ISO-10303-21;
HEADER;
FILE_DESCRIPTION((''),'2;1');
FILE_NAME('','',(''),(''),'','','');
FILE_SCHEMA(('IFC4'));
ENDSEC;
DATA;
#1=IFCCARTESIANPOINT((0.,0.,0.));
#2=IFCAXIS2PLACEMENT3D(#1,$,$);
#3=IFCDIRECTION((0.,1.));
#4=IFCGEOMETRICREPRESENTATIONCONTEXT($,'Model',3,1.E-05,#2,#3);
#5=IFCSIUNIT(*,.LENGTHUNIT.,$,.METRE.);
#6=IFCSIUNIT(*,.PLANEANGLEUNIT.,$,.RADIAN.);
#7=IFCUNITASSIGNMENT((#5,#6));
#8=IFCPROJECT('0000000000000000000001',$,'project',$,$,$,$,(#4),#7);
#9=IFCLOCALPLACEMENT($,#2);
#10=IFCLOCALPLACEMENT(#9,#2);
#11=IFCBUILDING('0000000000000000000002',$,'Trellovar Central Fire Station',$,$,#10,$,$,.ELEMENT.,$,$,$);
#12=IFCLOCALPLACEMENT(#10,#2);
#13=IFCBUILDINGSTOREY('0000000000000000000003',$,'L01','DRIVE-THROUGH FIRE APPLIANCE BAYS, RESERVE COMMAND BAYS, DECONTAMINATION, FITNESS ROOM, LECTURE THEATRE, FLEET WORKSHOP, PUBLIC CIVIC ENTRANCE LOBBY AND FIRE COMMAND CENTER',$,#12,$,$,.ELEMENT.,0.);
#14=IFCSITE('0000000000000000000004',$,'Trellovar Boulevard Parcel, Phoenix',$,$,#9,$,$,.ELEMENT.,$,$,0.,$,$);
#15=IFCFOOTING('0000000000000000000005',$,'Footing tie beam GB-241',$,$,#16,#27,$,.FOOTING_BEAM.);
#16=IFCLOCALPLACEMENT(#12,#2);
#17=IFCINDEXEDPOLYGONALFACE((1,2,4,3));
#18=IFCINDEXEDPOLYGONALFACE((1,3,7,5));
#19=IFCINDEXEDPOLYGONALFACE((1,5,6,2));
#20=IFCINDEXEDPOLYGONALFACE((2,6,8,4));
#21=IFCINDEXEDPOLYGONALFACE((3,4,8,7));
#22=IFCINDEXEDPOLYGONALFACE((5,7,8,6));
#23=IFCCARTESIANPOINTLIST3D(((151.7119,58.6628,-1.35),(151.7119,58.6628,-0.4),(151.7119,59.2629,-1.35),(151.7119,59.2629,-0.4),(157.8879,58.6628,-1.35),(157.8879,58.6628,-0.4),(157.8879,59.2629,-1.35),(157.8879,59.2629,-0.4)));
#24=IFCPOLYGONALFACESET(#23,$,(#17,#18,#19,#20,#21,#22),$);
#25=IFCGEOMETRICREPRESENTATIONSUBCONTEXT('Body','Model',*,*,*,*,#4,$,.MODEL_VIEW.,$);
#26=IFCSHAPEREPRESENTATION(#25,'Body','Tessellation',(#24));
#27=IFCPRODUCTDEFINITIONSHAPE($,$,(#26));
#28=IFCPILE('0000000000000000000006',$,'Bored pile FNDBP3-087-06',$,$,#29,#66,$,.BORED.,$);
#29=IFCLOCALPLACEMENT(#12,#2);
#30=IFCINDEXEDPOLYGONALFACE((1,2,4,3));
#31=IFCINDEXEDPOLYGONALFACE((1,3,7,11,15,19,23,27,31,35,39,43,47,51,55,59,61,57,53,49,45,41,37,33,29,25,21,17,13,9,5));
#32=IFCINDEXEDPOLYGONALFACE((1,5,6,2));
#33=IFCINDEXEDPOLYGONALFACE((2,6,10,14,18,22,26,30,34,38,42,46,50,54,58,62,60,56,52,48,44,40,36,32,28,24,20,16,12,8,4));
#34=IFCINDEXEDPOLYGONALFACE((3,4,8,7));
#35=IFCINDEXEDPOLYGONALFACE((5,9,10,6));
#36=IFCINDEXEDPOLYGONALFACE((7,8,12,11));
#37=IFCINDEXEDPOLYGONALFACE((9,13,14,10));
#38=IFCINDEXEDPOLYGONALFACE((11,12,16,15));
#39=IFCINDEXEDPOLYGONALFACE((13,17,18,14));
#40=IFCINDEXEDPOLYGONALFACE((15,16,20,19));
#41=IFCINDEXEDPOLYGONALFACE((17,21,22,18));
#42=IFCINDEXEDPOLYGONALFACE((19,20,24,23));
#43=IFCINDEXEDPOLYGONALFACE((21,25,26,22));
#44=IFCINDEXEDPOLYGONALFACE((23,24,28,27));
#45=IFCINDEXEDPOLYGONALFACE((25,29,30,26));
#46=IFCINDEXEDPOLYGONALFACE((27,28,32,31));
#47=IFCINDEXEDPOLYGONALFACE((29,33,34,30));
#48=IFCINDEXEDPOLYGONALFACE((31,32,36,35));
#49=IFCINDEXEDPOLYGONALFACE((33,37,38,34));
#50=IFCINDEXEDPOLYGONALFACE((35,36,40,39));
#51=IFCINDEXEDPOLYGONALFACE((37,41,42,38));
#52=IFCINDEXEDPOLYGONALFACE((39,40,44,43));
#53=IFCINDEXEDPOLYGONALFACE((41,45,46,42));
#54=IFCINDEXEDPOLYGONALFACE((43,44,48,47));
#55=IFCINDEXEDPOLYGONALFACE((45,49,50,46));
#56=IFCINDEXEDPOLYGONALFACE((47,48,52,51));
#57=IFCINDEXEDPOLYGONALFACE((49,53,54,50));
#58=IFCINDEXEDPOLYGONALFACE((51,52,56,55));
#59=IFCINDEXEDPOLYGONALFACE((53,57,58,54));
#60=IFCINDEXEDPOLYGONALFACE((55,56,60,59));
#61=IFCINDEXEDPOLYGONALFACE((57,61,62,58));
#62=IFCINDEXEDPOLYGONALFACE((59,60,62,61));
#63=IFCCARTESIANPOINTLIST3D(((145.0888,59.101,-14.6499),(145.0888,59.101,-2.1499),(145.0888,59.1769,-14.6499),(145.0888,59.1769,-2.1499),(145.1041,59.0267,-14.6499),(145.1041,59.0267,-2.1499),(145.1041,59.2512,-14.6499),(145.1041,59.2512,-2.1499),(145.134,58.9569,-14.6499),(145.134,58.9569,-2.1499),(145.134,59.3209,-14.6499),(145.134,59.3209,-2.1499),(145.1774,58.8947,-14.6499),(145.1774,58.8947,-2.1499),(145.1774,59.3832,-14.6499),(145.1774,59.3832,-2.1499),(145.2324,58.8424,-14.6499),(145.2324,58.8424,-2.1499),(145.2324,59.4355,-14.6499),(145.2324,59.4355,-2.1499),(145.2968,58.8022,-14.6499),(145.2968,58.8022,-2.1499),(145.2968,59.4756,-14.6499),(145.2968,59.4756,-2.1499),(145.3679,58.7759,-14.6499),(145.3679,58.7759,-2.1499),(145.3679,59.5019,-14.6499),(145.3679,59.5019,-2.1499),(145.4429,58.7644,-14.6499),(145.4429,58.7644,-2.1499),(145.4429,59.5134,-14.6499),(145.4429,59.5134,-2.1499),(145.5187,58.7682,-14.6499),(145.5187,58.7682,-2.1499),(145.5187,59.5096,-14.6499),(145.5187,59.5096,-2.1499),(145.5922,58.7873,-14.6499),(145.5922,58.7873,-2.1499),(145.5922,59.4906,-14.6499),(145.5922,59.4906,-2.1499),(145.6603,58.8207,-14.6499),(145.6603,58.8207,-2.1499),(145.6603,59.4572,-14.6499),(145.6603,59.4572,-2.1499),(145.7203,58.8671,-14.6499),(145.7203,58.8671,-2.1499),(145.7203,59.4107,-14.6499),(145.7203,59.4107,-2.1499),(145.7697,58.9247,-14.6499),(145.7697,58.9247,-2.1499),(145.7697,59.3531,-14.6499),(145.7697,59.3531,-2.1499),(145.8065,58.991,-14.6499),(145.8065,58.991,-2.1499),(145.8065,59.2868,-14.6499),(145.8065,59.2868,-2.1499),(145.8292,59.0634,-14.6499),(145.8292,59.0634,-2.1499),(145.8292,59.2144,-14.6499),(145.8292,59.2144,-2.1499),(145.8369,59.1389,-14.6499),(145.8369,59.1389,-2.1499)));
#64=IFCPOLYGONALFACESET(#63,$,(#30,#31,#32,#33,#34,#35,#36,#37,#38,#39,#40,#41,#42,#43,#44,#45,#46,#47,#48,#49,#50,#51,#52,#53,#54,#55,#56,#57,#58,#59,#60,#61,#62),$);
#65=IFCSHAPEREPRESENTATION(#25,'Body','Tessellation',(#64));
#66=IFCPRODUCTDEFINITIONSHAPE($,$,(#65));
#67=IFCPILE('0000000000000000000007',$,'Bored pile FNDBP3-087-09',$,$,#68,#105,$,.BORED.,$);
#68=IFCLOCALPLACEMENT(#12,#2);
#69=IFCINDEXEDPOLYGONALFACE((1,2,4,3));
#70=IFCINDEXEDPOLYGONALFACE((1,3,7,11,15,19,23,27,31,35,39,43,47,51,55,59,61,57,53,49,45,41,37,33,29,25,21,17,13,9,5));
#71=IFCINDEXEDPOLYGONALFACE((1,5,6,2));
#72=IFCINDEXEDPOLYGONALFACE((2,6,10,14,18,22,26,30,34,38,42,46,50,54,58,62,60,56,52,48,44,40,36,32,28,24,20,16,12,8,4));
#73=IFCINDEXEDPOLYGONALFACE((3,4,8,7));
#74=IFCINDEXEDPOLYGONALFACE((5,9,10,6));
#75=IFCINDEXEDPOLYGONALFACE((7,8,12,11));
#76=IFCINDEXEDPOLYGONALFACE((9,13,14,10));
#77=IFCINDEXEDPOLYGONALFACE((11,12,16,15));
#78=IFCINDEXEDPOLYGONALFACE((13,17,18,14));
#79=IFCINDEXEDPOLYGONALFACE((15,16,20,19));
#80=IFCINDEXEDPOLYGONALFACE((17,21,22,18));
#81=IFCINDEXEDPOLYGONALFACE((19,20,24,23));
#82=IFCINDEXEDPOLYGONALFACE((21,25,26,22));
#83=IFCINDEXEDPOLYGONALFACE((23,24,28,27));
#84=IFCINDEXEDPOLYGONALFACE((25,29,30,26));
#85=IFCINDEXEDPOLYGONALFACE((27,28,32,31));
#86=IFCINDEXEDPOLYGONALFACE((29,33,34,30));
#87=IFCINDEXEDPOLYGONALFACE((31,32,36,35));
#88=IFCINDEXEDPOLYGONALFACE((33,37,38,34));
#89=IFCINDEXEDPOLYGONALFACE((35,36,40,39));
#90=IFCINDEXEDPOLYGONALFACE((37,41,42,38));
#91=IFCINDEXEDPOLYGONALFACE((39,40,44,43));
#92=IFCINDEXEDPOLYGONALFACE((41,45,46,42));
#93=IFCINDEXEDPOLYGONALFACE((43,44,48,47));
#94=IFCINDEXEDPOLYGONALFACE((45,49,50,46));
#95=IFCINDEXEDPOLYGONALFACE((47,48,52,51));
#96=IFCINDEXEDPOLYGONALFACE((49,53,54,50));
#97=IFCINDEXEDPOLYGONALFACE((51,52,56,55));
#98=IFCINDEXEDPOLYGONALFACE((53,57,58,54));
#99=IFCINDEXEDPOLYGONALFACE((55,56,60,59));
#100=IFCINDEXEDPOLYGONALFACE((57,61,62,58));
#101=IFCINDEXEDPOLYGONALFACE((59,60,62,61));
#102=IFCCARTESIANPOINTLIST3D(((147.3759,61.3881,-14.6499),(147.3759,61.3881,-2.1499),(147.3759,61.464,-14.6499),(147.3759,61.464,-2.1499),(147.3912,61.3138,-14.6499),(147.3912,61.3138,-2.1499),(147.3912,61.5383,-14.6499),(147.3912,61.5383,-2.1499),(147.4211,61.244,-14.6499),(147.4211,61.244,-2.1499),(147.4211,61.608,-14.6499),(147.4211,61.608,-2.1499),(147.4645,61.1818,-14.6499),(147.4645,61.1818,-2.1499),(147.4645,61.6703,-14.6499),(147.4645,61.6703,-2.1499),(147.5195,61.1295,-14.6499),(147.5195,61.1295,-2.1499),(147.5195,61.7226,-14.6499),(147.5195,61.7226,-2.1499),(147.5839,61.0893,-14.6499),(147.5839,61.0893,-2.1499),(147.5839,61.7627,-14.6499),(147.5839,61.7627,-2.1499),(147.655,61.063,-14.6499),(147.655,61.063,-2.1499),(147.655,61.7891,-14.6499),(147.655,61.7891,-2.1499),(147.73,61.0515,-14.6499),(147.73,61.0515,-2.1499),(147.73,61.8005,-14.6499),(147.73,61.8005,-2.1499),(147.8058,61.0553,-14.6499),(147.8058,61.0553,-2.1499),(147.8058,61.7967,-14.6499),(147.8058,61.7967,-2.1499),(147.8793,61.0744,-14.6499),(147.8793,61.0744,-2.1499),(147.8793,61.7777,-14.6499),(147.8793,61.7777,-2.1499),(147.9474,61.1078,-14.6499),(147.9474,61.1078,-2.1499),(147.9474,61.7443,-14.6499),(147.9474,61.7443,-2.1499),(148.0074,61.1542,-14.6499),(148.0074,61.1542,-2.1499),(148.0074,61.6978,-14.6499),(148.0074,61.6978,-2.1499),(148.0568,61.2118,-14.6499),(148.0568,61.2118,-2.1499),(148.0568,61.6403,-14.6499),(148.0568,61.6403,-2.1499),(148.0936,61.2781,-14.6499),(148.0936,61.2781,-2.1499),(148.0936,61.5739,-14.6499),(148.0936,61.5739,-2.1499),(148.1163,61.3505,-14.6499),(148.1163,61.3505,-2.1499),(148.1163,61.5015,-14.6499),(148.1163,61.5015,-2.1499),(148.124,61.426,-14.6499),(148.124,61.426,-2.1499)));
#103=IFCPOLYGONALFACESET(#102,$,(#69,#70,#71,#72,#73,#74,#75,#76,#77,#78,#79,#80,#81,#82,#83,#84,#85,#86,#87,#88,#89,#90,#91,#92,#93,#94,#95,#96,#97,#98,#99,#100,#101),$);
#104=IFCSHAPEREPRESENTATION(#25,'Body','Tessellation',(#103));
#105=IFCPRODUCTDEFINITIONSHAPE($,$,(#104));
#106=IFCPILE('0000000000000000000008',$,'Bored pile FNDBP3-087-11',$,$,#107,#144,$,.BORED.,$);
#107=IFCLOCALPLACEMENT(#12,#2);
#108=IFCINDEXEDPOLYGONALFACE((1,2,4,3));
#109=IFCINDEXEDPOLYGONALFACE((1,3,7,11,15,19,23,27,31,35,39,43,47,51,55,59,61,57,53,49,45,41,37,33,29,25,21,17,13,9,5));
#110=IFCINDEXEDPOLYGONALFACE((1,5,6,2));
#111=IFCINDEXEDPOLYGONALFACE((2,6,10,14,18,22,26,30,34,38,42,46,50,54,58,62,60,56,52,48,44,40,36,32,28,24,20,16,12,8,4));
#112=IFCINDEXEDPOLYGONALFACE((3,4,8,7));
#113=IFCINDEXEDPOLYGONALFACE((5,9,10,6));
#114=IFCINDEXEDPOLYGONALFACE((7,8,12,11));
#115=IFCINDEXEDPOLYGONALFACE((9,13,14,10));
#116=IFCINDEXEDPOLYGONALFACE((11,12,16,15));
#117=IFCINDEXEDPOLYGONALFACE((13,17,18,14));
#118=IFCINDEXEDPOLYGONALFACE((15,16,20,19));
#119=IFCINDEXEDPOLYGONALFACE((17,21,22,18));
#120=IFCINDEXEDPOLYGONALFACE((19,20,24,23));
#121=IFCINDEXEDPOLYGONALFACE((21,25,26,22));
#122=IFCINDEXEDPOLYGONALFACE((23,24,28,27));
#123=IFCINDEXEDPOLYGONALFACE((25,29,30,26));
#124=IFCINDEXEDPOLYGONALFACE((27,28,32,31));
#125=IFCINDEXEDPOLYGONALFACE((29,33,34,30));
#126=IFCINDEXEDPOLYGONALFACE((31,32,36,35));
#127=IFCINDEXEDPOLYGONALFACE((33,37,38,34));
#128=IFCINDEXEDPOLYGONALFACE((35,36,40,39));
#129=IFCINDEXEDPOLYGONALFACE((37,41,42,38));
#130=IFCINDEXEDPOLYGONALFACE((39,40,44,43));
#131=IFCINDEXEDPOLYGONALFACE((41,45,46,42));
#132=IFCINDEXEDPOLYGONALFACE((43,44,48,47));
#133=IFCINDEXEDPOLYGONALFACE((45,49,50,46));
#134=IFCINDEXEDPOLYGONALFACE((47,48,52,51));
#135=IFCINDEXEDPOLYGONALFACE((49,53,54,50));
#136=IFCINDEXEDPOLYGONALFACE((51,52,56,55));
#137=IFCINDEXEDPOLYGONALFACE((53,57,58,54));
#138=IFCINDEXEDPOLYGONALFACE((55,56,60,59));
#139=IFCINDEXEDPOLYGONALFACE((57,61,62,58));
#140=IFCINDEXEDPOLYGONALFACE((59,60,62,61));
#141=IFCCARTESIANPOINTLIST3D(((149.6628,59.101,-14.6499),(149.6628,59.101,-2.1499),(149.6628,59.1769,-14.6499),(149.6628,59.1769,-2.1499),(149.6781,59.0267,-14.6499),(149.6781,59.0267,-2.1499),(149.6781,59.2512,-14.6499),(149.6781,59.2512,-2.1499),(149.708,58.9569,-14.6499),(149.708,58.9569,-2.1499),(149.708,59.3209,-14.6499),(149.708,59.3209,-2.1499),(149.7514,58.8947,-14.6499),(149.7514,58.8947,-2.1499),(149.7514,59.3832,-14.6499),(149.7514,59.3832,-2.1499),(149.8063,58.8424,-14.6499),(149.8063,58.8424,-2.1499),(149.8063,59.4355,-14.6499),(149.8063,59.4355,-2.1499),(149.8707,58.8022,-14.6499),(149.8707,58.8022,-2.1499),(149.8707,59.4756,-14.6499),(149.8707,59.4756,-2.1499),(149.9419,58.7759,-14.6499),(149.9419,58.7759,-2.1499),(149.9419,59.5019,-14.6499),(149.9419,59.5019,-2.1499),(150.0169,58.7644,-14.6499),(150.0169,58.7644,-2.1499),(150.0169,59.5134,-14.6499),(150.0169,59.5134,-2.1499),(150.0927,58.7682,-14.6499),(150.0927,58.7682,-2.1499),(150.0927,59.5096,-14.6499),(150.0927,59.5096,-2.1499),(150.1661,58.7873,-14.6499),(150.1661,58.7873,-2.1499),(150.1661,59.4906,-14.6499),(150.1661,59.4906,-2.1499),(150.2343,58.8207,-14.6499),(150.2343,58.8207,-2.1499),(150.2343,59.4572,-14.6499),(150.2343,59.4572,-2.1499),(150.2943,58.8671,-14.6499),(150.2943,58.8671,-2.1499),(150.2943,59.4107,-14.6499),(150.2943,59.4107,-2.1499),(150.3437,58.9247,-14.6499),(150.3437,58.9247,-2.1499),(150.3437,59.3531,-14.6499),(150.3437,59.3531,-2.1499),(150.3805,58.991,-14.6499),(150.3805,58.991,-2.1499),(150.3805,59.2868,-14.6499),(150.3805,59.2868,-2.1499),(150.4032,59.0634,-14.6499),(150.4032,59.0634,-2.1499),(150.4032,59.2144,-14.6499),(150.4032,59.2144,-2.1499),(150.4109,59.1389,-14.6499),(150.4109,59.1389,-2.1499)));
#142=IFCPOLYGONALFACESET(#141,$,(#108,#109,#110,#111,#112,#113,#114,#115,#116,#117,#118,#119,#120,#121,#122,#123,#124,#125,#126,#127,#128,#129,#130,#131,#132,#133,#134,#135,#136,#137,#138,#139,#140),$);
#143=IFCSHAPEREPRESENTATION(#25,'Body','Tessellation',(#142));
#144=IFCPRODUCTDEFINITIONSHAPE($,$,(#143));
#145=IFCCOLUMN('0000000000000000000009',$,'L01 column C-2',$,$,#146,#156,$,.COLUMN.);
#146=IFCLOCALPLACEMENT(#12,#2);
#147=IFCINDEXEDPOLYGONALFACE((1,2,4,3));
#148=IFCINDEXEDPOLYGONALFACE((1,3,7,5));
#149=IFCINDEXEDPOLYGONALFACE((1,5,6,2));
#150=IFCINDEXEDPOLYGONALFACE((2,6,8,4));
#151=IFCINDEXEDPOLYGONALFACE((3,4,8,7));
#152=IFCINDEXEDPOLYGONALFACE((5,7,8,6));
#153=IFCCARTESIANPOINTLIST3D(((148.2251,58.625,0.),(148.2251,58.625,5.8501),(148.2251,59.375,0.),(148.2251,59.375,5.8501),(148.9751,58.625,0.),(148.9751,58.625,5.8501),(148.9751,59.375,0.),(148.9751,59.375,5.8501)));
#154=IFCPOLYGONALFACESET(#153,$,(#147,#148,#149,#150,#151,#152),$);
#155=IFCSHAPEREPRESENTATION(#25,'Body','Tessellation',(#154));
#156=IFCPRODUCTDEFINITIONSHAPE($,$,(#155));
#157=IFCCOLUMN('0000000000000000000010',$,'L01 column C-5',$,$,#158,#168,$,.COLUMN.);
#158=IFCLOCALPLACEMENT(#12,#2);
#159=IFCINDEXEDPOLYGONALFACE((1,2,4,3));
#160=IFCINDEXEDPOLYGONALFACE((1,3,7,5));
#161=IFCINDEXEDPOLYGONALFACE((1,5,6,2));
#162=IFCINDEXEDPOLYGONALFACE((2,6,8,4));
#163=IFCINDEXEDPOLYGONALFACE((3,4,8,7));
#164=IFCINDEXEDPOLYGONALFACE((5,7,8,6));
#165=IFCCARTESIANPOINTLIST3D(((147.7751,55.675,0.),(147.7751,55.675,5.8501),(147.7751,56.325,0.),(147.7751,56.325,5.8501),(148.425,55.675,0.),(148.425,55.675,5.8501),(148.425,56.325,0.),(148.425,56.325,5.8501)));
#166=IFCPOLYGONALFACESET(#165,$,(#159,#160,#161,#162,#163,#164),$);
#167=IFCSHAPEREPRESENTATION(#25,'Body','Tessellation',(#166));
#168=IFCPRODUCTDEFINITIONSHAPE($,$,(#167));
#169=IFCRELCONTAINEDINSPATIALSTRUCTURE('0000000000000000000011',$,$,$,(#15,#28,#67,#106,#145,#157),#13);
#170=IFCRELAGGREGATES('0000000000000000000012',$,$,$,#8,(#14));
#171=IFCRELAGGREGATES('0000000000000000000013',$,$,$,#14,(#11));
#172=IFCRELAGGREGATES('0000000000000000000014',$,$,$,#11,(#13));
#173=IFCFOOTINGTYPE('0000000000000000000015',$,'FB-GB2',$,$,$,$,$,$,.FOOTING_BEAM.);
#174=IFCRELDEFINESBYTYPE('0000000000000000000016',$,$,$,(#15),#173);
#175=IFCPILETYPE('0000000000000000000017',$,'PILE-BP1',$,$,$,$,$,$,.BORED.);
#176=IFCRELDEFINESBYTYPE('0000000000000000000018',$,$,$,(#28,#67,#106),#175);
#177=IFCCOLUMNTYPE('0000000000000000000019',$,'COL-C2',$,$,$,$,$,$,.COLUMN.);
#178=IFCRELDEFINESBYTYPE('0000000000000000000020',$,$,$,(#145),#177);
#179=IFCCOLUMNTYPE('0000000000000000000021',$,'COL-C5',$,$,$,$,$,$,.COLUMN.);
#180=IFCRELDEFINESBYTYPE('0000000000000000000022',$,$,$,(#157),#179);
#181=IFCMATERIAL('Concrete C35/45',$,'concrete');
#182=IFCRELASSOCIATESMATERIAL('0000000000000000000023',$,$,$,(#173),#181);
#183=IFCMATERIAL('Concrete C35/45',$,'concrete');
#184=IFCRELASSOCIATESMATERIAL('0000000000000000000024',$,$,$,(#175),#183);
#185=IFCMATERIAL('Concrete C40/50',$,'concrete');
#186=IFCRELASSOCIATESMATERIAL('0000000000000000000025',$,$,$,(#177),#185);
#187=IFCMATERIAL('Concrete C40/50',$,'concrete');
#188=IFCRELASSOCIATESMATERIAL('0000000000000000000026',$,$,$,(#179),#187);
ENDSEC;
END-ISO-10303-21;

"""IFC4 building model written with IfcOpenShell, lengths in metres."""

from ifc_helpers import new_model, si_unit, direction, frame, origin, origin_2d, place, context, subcontext, project, spatial, rectangle, circle, extrude, material, material_profile, profile_set, type_object, element, save


model = new_model("IFC4")

# Units and contexts
model_context = context("Model", 3, precision=1e-05, world=origin(), true_north=direction((0.0, 1.0)))
body_context = subcontext(model_context, "Body", "Model", "MODEL_VIEW")
ifc_project = project(units=[si_unit("LENGTHUNIT", "METRE"), si_unit("PLANEANGLEUNIT", "RADIAN")], contexts=[model_context])

# Site, building, storey
site_placement = place(None, origin())
site = spatial("IfcSite", under=ifc_project, at=site_placement, Name="Trellovar Boulevard Parcel, Phoenix", CompositionType="ELEMENT", RefElevation=0.0)
building_placement = place(site_placement, origin())
building = spatial("IfcBuilding", under=site, at=building_placement, Name="Trellovar Central Fire Station", CompositionType="ELEMENT")
storey_placement = place(building_placement, origin())
storey = spatial("IfcBuildingStorey", under=building, at=storey_placement, Name="L01", Description="DRIVE-THROUGH FIRE APPLIANCE BAYS, RESERVE COMMAND BAYS, DECONTAMINATION, FITNESS ROOM, LECTURE THEATRE, FLEET WORKSHOP, PUBLIC CIVIC ENTRANCE LOBBY AND FIRE COMMAND CENTER", CompositionType="ELEMENT", Elevation=0.0)

# Footing
ifc_material_1 = material(Name="Concrete C35/45", Category="concrete")
ifc_material_profile_1 = material_profile(ifc_material_1, rectangle(XDim=0.6001, YDim=0.95, at=origin_2d()), Name="RC600X950")
ifc_profile_set_1 = profile_set([ifc_material_profile_1], Name="Concrete C35/45")
footing_type = type_object("IfcFootingType", Name="FB-GB2", PredefinedType="FOOTING_BEAM", material=ifc_profile_set_1)
footing_placement = place(storey_placement, frame((151.7119, 58.9629, -0.875), z_axis=(1.0, 0.0, 0.0), x_axis=(0.0, 1.0, 0.0)))
element("IfcFooting", 1, at=footing_placement, inside=storey, type_object=footing_type, Name="Footing tie beam GB-241", PredefinedType="FOOTING_BEAM", context=body_context, shape_type="SweptSolid", body=[
    extrude(rectangle(XDim=0.6001, YDim=0.95, at=origin_2d()), origin(), (0.0, 0.0, 1.0), 6.176),
])

# Piles
ifc_material_2 = material(Name="Concrete C35/45", Category="concrete")
ifc_material_profile_2 = material_profile(ifc_material_2, circle(Radius=0.375, at=origin_2d()), Name="PILE750")
ifc_profile_set_2 = profile_set([ifc_material_profile_2], Name="Concrete C35/45")
pile_type = type_object("IfcPileType", Name="PILE-BP1", PredefinedType="BORED", material=ifc_profile_set_2)
for number, where, z_axis, x_axis, name in (
    (2, (145.4619, 59.1389, -2.1499), (0.0, 0.0, -1.0), (1.0, 0.0, 0.0), "Bored pile FNDBP3-087-06"),
    (3, (147.749, 61.426, -2.1499), (0.0, 0.0, -1.0), (1.0, 0.0, 0.0), "Bored pile FNDBP3-087-09"),
    (4, (150.0359, 59.1389, -2.1499), (0.0, 0.0, -1.0), (1.0, 0.0, 0.0), "Bored pile FNDBP3-087-11"),
):
    element("IfcPile", number, at=place(storey_placement, frame(where, z_axis=z_axis, x_axis=x_axis)), inside=storey, type_object=pile_type, Name=name, PredefinedType="BORED", context=body_context, shape_type="SweptSolid", body=[
        extrude(circle(Radius=0.375, at=origin_2d()), origin(), (0.0, 0.0, 1.0), 12.5),
    ])

# Columns
ifc_material_3 = material(Name="Concrete C40/50", Category="concrete")
ifc_material_profile_3 = material_profile(ifc_material_3, rectangle(XDim=0.75, YDim=0.75, at=origin_2d()), Name="RC750X750")
ifc_profile_set_3 = profile_set([ifc_material_profile_3], Name="Concrete C40/50")
column_type_1 = type_object("IfcColumnType", Name="COL-C2", PredefinedType="COLUMN", material=ifc_profile_set_3)
column_1_placement = place(storey_placement, frame((148.6001, 59.0, 0.0), z_axis=(0.0, 0.0, 1.0), x_axis=(1.0, 0.0, 0.0)))
element("IfcColumn", 5, at=column_1_placement, inside=storey, type_object=column_type_1, Name="L01 column C-2", PredefinedType="COLUMN", context=body_context, shape_type="SweptSolid", body=[
    extrude(rectangle(XDim=0.75, YDim=0.75, at=origin_2d()), origin(), (0.0, 0.0, 1.0), 5.8501),
])
ifc_material_4 = material(Name="Concrete C40/50", Category="concrete")
ifc_material_profile_4 = material_profile(ifc_material_4, rectangle(XDim=0.6499, YDim=0.6499, at=origin_2d()), Name="RC650X650")
ifc_profile_set_4 = profile_set([ifc_material_profile_4], Name="Concrete C40/50")
column_type_2 = type_object("IfcColumnType", Name="COL-C5", PredefinedType="COLUMN", material=ifc_profile_set_4)
column_2_placement = place(storey_placement, frame((148.1001, 56.0, 0.0), z_axis=(0.0, 0.0, 1.0), x_axis=(1.0, 0.0, 0.0)))
element("IfcColumn", 6, at=column_2_placement, inside=storey, type_object=column_type_2, Name="L01 column C-5", PredefinedType="COLUMN", context=body_context, shape_type="SweptSolid", body=[
    extrude(rectangle(XDim=0.6499, YDim=0.6499, at=origin_2d()), origin(), (0.0, 0.0, 1.0), 5.8501),
])

save(model, "model.ifc")
